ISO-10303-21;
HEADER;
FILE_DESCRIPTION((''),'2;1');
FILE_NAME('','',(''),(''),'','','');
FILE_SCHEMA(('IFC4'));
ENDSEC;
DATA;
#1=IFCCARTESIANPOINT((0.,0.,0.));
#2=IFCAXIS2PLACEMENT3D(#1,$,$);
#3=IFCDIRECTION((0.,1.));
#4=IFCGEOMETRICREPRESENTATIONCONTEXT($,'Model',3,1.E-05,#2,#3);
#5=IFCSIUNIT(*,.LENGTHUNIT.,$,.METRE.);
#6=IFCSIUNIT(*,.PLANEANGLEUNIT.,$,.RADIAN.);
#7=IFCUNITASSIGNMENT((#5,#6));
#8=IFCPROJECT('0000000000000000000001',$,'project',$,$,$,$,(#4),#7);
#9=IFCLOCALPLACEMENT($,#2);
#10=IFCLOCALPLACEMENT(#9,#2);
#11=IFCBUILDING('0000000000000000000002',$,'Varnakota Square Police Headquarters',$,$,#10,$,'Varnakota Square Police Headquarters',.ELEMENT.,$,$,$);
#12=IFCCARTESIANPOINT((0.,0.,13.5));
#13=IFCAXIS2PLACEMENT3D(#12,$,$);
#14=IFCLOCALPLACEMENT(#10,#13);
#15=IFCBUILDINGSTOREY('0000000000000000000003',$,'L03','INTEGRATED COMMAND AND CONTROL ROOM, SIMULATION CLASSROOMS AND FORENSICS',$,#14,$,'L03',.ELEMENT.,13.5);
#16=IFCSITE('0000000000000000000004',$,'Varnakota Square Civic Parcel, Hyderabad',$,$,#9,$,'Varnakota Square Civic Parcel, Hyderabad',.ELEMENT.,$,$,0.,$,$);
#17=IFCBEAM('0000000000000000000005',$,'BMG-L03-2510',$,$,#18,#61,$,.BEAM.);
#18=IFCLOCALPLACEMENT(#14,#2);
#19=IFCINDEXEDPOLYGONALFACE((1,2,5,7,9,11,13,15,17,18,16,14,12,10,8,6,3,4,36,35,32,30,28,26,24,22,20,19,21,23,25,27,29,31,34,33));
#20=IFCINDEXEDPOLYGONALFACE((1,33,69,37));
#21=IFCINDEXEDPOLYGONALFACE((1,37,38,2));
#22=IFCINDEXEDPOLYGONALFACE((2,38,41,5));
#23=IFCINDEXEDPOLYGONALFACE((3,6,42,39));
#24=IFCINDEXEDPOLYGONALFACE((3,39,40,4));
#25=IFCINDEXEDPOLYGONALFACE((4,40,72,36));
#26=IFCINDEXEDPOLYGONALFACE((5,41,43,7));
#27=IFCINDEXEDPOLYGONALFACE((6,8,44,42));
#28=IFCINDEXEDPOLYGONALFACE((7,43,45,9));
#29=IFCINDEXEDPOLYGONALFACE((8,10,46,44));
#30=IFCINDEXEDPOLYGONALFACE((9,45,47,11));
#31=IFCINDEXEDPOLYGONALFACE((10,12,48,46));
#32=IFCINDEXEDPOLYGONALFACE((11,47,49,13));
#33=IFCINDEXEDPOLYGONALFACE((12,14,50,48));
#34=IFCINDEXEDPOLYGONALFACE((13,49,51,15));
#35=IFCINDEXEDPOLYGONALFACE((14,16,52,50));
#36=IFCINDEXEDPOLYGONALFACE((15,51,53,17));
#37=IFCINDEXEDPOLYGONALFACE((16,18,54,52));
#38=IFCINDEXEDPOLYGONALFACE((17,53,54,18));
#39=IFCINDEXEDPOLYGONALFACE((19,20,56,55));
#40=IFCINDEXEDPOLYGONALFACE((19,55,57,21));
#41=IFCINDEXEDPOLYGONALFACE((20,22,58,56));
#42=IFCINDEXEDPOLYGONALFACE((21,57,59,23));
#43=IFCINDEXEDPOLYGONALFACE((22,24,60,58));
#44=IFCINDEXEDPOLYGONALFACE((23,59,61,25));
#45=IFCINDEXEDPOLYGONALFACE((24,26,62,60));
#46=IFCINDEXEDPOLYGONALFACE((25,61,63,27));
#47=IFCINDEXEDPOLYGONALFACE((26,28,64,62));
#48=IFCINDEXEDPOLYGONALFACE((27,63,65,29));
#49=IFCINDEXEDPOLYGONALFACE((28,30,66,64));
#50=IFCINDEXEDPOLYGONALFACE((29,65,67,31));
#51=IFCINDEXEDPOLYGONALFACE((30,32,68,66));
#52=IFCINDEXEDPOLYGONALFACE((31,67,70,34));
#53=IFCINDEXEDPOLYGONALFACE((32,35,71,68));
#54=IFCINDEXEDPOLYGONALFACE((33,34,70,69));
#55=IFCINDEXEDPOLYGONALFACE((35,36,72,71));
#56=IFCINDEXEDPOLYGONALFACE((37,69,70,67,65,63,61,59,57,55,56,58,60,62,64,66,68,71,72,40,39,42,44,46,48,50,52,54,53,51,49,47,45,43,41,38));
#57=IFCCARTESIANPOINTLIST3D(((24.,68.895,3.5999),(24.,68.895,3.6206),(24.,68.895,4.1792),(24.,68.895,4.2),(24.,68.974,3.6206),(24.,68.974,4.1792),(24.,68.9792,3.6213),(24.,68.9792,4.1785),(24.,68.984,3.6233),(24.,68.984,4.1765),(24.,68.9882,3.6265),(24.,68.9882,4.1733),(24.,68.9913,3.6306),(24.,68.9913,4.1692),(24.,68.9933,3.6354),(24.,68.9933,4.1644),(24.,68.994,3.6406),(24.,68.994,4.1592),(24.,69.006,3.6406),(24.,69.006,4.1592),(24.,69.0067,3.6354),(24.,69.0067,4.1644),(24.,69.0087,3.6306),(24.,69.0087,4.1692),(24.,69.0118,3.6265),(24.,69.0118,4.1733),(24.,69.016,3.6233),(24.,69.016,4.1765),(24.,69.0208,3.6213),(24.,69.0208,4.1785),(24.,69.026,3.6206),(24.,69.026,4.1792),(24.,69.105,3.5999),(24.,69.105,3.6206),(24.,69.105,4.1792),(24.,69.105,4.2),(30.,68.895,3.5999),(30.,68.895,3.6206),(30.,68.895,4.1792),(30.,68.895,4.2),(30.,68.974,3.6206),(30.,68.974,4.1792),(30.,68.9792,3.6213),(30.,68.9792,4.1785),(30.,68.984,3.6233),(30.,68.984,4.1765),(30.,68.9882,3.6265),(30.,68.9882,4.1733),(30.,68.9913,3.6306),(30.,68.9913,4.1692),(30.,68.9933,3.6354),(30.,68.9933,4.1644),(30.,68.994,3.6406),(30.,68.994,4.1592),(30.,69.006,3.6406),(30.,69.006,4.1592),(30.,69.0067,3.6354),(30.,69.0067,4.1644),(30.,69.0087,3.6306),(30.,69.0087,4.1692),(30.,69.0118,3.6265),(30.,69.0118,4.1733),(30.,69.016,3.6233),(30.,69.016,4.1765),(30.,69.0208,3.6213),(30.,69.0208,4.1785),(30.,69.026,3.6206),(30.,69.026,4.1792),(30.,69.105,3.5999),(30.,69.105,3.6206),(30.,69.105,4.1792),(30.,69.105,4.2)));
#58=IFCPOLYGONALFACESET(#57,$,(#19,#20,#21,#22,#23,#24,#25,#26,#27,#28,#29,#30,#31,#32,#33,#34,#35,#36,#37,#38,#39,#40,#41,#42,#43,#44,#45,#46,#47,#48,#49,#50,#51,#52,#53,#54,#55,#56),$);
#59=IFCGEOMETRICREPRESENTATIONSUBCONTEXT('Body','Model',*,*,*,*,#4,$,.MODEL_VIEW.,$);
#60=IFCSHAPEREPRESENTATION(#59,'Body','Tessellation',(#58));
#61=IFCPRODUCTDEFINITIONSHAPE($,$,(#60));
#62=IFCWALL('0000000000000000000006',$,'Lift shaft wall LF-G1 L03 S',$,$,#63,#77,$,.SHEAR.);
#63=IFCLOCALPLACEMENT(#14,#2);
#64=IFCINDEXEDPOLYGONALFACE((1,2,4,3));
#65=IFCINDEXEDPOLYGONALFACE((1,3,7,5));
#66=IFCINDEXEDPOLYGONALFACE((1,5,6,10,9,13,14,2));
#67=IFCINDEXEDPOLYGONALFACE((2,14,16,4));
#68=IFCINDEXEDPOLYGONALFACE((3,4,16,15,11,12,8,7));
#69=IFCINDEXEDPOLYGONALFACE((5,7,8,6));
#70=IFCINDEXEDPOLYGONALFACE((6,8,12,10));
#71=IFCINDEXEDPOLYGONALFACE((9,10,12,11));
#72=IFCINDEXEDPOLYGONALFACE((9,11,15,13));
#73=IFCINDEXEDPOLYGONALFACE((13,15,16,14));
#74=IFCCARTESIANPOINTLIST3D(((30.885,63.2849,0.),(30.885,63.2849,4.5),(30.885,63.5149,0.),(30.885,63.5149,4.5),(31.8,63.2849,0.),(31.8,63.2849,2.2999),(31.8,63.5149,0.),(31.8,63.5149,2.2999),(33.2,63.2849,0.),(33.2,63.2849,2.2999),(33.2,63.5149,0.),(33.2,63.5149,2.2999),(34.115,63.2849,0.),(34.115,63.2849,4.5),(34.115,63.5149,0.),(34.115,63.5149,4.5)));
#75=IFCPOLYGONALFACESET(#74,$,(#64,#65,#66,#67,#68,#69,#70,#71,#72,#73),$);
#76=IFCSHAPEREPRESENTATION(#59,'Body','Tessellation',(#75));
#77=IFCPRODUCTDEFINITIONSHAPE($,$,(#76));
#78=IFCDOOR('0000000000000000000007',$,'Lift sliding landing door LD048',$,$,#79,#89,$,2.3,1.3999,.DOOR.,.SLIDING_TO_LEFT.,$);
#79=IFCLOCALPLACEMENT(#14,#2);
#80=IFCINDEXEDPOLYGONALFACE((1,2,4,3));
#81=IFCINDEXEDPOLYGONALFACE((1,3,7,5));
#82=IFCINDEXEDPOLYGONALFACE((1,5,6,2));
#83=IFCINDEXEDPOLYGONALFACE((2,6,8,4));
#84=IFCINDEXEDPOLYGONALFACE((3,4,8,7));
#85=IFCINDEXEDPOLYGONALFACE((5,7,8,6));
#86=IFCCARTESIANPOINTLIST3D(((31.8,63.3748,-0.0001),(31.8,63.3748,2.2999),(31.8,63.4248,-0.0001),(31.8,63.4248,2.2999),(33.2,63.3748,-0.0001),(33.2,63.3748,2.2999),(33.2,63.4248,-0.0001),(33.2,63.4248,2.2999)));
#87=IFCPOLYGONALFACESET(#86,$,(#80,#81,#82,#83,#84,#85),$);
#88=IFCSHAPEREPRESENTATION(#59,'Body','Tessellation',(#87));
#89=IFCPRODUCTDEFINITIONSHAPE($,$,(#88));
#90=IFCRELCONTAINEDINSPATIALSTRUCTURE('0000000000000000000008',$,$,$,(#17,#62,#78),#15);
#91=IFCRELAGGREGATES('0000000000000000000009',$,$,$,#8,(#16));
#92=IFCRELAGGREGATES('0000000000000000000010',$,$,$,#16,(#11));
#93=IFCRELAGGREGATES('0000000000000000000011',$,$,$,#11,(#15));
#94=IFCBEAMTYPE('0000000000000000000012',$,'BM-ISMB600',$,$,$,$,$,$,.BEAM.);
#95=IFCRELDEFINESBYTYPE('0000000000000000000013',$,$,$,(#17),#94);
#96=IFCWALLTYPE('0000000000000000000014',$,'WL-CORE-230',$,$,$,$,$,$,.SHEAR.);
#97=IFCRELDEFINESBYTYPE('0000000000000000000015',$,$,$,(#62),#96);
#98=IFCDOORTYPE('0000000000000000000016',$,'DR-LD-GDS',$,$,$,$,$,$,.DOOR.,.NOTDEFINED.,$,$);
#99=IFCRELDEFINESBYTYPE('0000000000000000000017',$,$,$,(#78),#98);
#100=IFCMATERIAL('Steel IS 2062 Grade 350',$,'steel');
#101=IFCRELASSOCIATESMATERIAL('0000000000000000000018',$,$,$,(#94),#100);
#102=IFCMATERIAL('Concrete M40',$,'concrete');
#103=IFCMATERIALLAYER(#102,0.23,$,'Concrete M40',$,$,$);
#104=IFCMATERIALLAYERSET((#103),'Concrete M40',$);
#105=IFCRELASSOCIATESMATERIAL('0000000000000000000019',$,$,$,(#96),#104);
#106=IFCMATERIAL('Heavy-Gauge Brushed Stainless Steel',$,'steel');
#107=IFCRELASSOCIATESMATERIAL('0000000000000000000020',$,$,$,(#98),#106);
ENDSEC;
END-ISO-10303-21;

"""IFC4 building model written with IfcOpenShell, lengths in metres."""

from ifc_helpers import new_model, si_unit, direction, frame, frame_2d, origin, origin_2d, place, context, subcontext, project, spatial, rectangle, i_section, extrude, material, layer, layer_set, material_profile, profile_set, type_object, element, fill, save


model = new_model("IFC4")

# Units and contexts
model_context = context("Model", 3, precision=1e-05, world=origin(), true_north=direction((0.0, 1.0)))
body_context = subcontext(model_context, "Body", "Model", "MODEL_VIEW")
ifc_project = project(units=[si_unit("LENGTHUNIT", "METRE"), si_unit("PLANEANGLEUNIT", "RADIAN")], contexts=[model_context])

# Site, building, storey
site_placement = place(None, origin())
site = spatial("IfcSite", under=ifc_project, at=site_placement, Name="Varnakota Square Civic Parcel, Hyderabad", LongName="Varnakota Square Civic Parcel, Hyderabad", CompositionType="ELEMENT", RefElevation=0.0)
building_placement = place(site_placement, origin())
building = spatial("IfcBuilding", under=site, at=building_placement, Name="Varnakota Square Police Headquarters", LongName="Varnakota Square Police Headquarters", CompositionType="ELEMENT")
storey_placement = place(building_placement, frame((0.0, 0.0, 13.5)))
storey = spatial("IfcBuildingStorey", under=building, at=storey_placement, Name="L03", Description="INTEGRATED COMMAND AND CONTROL ROOM, SIMULATION CLASSROOMS AND FORENSICS", LongName="L03", CompositionType="ELEMENT", Elevation=13.5)

# Shared definitions
ifc_material_1 = material(Name="Steel IS 2062 Grade 350", Category="steel")

# Beam
ifc_material_profile_1 = material_profile(ifc_material_1, i_section(OverallWidth=0.21, OverallDepth=0.6001, WebThickness=0.012, FlangeThickness=0.0208, FilletRadius=0.02, at=origin_2d()), Name="ISMB 600")
ifc_profile_set_1 = profile_set([ifc_material_profile_1], Name="Steel IS 2062 Grade 350")
beam_type_1 = type_object("IfcBeamType", Name="BM-ISMB600", PredefinedType="BEAM", material=ifc_profile_set_1)
for number, where, z_axis, x_axis, name in (
    (1, (24.0, 69.0, 3.8999), (1.0, 0.0, 0.0), (0.0, 1.0, 0.0), "BMG-L03-2510"),
):
    element("IfcBeam", number, at=place(storey_placement, frame(where, z_axis=z_axis, x_axis=x_axis)), inside=storey, type_object=beam_type_1, Name=name, PredefinedType="BEAM", context=body_context, shape_type="SweptSolid", body=[
        extrude(i_section(OverallWidth=0.21, OverallDepth=0.6001, WebThickness=0.012, FlangeThickness=0.0208, FilletRadius=0.02, at=origin_2d()), origin(), (0.0, 0.0, 1.0), 6.0),
    ])

# Wall, opening, door
ifc_material_2 = material(Name="Concrete M40", Category="concrete")
ifc_layer_1 = layer(ifc_material_2, 0.23, Name="Concrete M40")
ifc_layer_set_1 = layer_set([ifc_layer_1], Name="Concrete M40")
wall_type_1 = type_object("IfcWallType", Name="WL-CORE-230", PredefinedType="SHEAR", material=ifc_layer_set_1)
wall_1_placement = place(storey_placement, frame((30.885, 63.3999, 0.0), z_axis=(0.0, 0.0, 1.0), x_axis=(1.0, 0.0, 0.0)))
wall_1 = element("IfcWall", 2, at=wall_1_placement, inside=storey, type_object=wall_type_1, Name="Lift shaft wall LF-G1 L03 S", PredefinedType="SHEAR", context=body_context, shape_type="SweptSolid", body=[
    extrude(rectangle(XDim=3.23, YDim=0.23, at=frame_2d((1.615, 0.0))), origin(), (0.0, 0.0, 1.0), 4.5),
])
opening_1_placement = place(wall_1_placement, frame((0.915, 0.0, 0.0)))
opening_1 = element("IfcOpeningElement", 3, at=opening_1_placement, cuts=wall_1, PredefinedType="OPENING", context=body_context, shape_type="SweptSolid", body=[
    extrude(rectangle(XDim=1.3999, YDim=2.3, at=frame_2d((0.7, 1.1499))), frame((0.0, 0.125, 0.0), z_axis=(0.0, -1.0, 0.0), x_axis=(1.0, 0.0, 0.0)), (0.0, 0.0, 1.0), 0.25),
])
ifc_material_3 = material(Name="Heavy-Gauge Brushed Stainless Steel", Category="steel")
door_type_1 = type_object("IfcDoorType", Name="DR-LD-GDS", OperationType="NOTDEFINED", PredefinedType="DOOR", material=ifc_material_3)
door_1_placement = place(opening_1_placement, origin())
door_1 = element("IfcDoor", 4, at=door_1_placement, inside=storey, type_object=door_type_1, Name="Lift sliding landing door LD048", OperationType="SLIDING_TO_LEFT", OverallHeight=2.3, OverallWidth=1.3999, PredefinedType="DOOR", context=body_context, shape_type="SweptSolid", body=[
    extrude(rectangle(XDim=1.3999, YDim=2.3, at=frame_2d((0.7, 1.1499))), frame((0.0, 0.0249, 0.0), z_axis=(0.0, -1.0, 0.0), x_axis=(1.0, 0.0, 0.0)), (0.0, 0.0, 1.0), 0.05),
])
fill(opening_1, door_1)

save(model, "model.ifc")
